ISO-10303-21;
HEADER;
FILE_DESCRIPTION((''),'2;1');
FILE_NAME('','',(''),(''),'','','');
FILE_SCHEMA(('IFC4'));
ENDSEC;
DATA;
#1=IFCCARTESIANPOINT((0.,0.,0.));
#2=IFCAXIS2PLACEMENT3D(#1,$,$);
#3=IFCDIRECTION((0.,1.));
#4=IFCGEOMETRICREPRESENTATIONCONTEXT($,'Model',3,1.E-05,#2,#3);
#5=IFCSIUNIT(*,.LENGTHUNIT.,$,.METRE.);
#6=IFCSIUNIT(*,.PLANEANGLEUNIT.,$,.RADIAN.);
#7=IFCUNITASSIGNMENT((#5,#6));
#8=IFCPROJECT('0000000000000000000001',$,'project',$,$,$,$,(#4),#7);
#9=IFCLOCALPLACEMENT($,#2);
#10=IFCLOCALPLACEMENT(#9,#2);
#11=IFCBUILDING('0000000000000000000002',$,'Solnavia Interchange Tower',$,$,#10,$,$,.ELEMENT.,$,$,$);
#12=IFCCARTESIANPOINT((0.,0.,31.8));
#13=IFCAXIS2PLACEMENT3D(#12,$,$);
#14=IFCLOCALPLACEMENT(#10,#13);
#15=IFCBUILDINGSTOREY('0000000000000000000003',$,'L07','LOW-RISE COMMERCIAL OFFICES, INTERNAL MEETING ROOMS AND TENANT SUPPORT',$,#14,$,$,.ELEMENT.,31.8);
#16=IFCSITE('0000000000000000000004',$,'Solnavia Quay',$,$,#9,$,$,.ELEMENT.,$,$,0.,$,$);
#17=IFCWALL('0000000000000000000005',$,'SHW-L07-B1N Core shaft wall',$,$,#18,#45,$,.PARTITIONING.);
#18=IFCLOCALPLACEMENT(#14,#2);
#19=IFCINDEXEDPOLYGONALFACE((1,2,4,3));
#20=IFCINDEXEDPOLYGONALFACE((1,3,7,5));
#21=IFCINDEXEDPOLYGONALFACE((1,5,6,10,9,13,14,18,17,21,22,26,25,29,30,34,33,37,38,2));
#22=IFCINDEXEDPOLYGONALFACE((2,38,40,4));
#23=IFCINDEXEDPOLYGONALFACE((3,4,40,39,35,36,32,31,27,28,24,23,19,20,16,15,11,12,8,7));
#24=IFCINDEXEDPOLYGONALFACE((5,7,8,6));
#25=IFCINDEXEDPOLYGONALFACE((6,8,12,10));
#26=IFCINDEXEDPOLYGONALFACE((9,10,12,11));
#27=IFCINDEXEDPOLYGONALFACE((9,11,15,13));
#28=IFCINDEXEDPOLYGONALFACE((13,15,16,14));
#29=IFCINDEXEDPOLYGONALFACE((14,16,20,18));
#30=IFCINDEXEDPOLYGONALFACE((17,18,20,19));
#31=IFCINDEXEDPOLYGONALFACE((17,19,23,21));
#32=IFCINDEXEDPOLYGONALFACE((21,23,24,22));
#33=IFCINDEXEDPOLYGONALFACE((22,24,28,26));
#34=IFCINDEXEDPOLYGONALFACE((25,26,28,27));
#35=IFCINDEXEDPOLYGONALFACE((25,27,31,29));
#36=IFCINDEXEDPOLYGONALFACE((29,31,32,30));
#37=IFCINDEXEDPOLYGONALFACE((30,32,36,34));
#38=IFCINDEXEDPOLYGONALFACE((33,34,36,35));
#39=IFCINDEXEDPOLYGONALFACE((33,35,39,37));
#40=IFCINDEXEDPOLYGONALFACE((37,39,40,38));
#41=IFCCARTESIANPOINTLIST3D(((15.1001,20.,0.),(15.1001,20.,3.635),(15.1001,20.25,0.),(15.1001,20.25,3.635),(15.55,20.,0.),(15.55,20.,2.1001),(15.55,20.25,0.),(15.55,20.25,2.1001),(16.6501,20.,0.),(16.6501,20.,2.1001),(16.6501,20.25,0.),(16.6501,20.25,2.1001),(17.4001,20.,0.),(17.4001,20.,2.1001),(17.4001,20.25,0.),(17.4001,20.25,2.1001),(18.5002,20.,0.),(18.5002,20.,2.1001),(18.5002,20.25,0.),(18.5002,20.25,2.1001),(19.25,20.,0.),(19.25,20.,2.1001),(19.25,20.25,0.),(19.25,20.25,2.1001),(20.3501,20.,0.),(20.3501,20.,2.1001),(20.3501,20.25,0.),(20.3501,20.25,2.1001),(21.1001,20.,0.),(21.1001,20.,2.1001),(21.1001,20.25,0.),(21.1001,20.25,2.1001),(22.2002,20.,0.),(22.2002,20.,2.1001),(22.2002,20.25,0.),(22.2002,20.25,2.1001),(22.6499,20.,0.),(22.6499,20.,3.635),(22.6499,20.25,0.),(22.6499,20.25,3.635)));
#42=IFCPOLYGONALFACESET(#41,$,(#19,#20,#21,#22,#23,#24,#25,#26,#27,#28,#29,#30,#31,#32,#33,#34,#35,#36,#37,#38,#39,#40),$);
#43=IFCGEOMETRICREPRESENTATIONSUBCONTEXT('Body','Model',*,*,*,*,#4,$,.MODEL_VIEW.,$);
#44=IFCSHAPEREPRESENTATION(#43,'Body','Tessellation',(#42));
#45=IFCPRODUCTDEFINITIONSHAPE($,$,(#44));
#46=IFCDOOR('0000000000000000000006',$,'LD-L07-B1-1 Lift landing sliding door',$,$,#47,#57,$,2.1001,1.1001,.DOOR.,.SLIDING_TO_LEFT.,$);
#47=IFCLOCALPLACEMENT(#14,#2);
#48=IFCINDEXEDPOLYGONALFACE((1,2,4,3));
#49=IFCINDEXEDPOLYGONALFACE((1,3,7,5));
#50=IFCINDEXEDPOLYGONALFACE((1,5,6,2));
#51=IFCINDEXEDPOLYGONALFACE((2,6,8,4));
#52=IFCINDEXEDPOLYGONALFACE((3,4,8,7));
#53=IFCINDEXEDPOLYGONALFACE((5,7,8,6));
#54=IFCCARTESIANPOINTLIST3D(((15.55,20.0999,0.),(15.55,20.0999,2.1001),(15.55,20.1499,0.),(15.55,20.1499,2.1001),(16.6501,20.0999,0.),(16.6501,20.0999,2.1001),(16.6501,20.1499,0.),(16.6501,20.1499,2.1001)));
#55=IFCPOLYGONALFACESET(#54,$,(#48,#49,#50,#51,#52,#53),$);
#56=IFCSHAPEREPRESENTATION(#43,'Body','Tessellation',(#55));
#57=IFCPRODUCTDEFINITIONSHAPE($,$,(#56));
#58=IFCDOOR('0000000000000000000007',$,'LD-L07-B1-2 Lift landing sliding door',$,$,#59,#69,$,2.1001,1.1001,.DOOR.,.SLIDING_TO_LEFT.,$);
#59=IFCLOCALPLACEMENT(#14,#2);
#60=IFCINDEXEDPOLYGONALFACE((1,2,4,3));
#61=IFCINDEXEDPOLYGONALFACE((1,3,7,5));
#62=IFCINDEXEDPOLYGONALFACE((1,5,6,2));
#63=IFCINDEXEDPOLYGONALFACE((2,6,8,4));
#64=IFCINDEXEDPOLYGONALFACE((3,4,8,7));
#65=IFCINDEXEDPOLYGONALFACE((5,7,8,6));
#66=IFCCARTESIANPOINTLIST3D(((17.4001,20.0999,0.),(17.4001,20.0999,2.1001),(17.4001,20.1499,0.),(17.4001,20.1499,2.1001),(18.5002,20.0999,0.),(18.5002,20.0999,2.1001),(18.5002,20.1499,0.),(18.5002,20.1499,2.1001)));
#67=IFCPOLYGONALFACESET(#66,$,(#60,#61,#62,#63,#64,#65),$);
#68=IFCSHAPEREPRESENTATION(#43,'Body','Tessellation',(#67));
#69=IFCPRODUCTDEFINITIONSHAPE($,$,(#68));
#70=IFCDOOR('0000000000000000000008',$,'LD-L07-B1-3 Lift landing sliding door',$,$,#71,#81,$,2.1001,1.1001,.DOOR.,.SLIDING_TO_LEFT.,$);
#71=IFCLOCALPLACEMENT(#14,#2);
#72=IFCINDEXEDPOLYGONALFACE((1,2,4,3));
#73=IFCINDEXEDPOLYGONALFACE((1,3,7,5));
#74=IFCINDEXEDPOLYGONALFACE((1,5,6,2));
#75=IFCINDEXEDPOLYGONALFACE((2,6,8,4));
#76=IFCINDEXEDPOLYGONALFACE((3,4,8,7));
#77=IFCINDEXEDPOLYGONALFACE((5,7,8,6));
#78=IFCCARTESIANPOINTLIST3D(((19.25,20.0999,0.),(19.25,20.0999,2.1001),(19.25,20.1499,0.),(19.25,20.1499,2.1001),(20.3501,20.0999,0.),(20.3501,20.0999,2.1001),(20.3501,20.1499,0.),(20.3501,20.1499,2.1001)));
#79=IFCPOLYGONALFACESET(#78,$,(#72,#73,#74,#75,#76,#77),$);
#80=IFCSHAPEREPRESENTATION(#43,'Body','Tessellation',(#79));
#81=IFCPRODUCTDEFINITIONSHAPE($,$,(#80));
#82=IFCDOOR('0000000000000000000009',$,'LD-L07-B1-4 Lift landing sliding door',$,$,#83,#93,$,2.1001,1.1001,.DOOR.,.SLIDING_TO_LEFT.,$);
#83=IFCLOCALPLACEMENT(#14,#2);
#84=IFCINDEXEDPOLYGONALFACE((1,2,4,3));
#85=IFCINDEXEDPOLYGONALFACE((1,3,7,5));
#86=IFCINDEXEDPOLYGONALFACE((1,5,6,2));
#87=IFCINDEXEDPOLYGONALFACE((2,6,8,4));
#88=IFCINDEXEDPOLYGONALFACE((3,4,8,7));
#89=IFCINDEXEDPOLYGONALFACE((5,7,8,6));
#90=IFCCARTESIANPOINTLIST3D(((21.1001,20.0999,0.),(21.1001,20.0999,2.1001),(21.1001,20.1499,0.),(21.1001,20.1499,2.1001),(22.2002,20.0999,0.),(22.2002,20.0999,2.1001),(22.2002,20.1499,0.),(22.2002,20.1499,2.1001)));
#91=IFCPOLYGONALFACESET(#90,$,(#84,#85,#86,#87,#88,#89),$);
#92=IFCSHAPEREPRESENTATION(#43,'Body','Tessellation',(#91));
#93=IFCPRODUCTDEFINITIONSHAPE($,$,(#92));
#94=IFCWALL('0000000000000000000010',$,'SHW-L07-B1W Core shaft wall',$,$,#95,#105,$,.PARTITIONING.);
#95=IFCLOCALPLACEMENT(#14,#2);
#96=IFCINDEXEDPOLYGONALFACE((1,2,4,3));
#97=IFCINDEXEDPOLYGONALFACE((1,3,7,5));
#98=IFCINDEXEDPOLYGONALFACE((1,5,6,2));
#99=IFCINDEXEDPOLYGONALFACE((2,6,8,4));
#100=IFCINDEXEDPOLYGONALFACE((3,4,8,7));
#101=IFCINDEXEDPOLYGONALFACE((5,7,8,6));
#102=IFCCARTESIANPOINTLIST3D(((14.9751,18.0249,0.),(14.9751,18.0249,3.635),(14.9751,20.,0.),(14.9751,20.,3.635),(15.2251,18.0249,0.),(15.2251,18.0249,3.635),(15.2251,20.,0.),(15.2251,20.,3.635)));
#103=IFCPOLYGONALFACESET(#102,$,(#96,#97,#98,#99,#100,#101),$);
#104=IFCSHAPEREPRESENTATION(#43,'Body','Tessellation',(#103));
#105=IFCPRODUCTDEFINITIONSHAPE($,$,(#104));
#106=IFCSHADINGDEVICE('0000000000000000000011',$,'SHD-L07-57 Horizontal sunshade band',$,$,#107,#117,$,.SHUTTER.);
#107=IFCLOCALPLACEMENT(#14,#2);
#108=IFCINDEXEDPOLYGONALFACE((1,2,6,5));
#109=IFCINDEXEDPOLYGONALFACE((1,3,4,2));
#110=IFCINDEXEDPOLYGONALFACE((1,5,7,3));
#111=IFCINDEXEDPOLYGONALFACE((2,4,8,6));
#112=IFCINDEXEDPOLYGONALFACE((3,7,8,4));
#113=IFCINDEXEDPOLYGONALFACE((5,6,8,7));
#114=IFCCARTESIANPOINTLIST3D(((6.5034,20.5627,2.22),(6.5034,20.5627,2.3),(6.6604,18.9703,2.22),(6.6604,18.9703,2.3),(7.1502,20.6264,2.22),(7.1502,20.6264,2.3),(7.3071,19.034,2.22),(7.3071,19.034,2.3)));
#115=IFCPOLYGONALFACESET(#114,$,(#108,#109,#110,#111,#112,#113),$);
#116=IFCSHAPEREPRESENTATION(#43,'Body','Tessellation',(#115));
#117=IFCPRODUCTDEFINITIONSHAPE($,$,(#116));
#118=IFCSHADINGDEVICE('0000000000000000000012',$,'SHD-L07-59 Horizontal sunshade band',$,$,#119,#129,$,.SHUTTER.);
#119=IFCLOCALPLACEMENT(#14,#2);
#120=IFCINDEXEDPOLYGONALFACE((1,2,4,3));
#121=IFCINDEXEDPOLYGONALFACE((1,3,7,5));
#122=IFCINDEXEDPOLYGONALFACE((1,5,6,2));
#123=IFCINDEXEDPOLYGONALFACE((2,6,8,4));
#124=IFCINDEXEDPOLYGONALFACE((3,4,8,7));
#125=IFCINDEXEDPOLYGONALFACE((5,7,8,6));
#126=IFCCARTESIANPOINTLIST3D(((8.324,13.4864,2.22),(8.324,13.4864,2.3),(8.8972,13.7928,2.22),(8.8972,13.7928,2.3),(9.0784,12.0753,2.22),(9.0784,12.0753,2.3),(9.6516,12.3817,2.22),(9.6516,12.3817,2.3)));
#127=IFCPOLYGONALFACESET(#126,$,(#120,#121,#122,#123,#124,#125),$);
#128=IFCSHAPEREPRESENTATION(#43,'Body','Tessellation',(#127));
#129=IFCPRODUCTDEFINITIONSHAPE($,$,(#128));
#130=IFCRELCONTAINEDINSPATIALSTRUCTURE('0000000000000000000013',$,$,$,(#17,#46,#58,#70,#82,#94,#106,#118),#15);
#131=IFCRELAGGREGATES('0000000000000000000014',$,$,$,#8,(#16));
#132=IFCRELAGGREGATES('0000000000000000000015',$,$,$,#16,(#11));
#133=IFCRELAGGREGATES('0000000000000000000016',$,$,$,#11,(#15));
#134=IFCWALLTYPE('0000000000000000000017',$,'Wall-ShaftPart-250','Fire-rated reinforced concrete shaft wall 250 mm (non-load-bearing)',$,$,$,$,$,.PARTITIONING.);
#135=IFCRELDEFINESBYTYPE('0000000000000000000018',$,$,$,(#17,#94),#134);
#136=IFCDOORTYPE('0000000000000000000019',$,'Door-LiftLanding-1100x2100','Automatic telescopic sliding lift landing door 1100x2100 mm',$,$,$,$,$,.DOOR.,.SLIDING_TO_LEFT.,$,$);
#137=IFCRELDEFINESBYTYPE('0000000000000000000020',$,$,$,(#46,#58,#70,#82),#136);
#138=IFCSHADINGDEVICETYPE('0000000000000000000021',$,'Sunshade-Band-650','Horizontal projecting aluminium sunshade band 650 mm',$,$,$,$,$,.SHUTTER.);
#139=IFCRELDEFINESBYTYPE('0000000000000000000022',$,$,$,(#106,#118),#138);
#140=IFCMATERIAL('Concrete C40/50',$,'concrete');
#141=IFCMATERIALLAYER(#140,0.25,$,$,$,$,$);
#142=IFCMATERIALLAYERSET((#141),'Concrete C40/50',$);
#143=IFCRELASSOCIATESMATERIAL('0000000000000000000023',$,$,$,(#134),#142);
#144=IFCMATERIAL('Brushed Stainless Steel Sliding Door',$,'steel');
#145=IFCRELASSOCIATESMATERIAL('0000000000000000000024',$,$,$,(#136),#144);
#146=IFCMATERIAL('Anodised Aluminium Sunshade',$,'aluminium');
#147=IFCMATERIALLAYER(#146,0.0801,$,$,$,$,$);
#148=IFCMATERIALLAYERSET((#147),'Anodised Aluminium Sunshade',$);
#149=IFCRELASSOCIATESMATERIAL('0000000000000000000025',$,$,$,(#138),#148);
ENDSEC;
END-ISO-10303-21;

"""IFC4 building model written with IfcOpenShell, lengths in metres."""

from ifc_helpers import new_model, si_unit, direction, frame, frame_2d, origin, origin_2d, place, context, subcontext, project, spatial, rectangle, extrude, material, layer, layer_set, type_object, element, fill, save


model = new_model("IFC4")

# Units and contexts
model_context = context("Model", 3, precision=1e-05, world=origin(), true_north=direction((0.0, 1.0)))
body_context = subcontext(model_context, "Body", "Model", "MODEL_VIEW")
ifc_project = project(units=[si_unit("LENGTHUNIT", "METRE"), si_unit("PLANEANGLEUNIT", "RADIAN")], contexts=[model_context])

# Site, building, storey
site_placement = place(None, origin())
site = spatial("IfcSite", under=ifc_project, at=site_placement, Name="Solnavia Quay", CompositionType="ELEMENT", RefElevation=0.0)
building_placement = place(site_placement, origin())
building = spatial("IfcBuilding", under=site, at=building_placement, Name="Solnavia Interchange Tower", CompositionType="ELEMENT")
storey_placement = place(building_placement, frame((0.0, 0.0, 31.8)))
storey = spatial("IfcBuildingStorey", under=building, at=storey_placement, Name="L07", Description="LOW-RISE COMMERCIAL OFFICES, INTERNAL MEETING ROOMS AND TENANT SUPPORT", CompositionType="ELEMENT", Elevation=31.8)

# Shared definitions
ifc_material_1 = material(Name="Concrete C40/50", Category="concrete")

# Shared definitions
ifc_layer_1 = layer(ifc_material_1, 0.25)
ifc_layer_set_1 = layer_set([ifc_layer_1], Name="Concrete C40/50")
wall_type_1 = type_object("IfcWallType", Name="Wall-ShaftPart-250", Description="Fire-rated reinforced concrete shaft wall 250 mm (non-load-bearing)", PredefinedType="PARTITIONING", material=ifc_layer_set_1)

# Wall, openings, doors
wall_1_placement = place(storey_placement, frame((15.1001, 20.125, 0.0), z_axis=(0.0, 0.0, 1.0), x_axis=(1.0, 0.0, 0.0)))
wall_1 = element("IfcWall", 1, at=wall_1_placement, inside=storey, type_object=wall_type_1, Name="SHW-L07-B1N Core shaft wall", PredefinedType="PARTITIONING", context=body_context, shape_type="SweptSolid", body=[
    extrude(rectangle(XDim=7.5498, YDim=0.25, at=frame_2d((3.7749, 0.0))), origin(), (0.0, 0.0, 1.0), 3.635),
])
opening_1_placement = place(wall_1_placement, frame((0.45, 0.0, 0.0)))
opening_1 = element("IfcOpeningElement", 2, at=opening_1_placement, cuts=wall_1, PredefinedType="OPENING", context=body_context, shape_type="SweptSolid", body=[
    extrude(rectangle(XDim=1.1001, YDim=2.1001, at=frame_2d((0.55, 1.05))), frame((0.0, 0.135, 0.0), z_axis=(0.0, -1.0, 0.0), x_axis=(1.0, 0.0, 0.0)), (0.0, 0.0, 1.0), 0.27),
])
opening_2_placement = place(wall_1_placement, frame((2.3, 0.0, 0.0)))
opening_2 = element("IfcOpeningElement", 3, at=opening_2_placement, cuts=wall_1, PredefinedType="OPENING", context=body_context, shape_type="SweptSolid", body=[
    extrude(rectangle(XDim=1.1001, YDim=2.1001, at=frame_2d((0.55, 1.05))), frame((0.0, 0.135, 0.0), z_axis=(0.0, -1.0, 0.0), x_axis=(1.0, 0.0, 0.0)), (0.0, 0.0, 1.0), 0.27),
])
opening_3_placement = place(wall_1_placement, frame((4.1499, 0.0, 0.0)))
opening_3 = element("IfcOpeningElement", 4, at=opening_3_placement, cuts=wall_1, PredefinedType="OPENING", context=body_context, shape_type="SweptSolid", body=[
    extrude(rectangle(XDim=1.1001, YDim=2.1001, at=frame_2d((0.55, 1.05))), frame((0.0, 0.135, 0.0), z_axis=(0.0, -1.0, 0.0), x_axis=(1.0, 0.0, 0.0)), (0.0, 0.0, 1.0), 0.27),
])
opening_4_placement = place(wall_1_placement, frame((6.0, 0.0, 0.0)))
opening_4 = element("IfcOpeningElement", 5, at=opening_4_placement, cuts=wall_1, PredefinedType="OPENING", context=body_context, shape_type="SweptSolid", body=[
    extrude(rectangle(XDim=1.1001, YDim=2.1001, at=frame_2d((0.55, 1.05))), frame((0.0, 0.135, 0.0), z_axis=(0.0, -1.0, 0.0), x_axis=(1.0, 0.0, 0.0)), (0.0, 0.0, 1.0), 0.27),
])
ifc_material_2 = material(Name="Brushed Stainless Steel Sliding Door", Category="steel")
door_type_1 = type_object("IfcDoorType", Name="Door-LiftLanding-1100x2100", Description="Automatic telescopic sliding lift landing door 1100x2100 mm", OperationType="SLIDING_TO_LEFT", PredefinedType="DOOR", material=ifc_material_2)
door_1_placement = place(opening_1_placement, origin())
door_1 = element("IfcDoor", 6, at=door_1_placement, inside=storey, type_object=door_type_1, Name="LD-L07-B1-1 Lift landing sliding door", OperationType="SLIDING_TO_LEFT", OverallHeight=2.1001, OverallWidth=1.1001, PredefinedType="DOOR", context=body_context, shape_type="SweptSolid", body=[
    extrude(rectangle(XDim=1.1001, YDim=2.1001, at=frame_2d((0.55, 1.05))), frame((0.0, 0.0249, 0.0), z_axis=(0.0, -1.0, 0.0), x_axis=(1.0, 0.0, 0.0)), (0.0, 0.0, 1.0), 0.05),
])
fill(opening_1, door_1)
door_2_placement = place(opening_2_placement, origin())
door_2 = element("IfcDoor", 7, at=door_2_placement, inside=storey, type_object=door_type_1, Name="LD-L07-B1-2 Lift landing sliding door", OperationType="SLIDING_TO_LEFT", OverallHeight=2.1001, OverallWidth=1.1001, PredefinedType="DOOR", context=body_context, shape_type="SweptSolid", body=[
    extrude(rectangle(XDim=1.1001, YDim=2.1001, at=frame_2d((0.55, 1.05))), frame((0.0, 0.0249, 0.0), z_axis=(0.0, -1.0, 0.0), x_axis=(1.0, 0.0, 0.0)), (0.0, 0.0, 1.0), 0.05),
])
fill(opening_2, door_2)
door_3_placement = place(opening_3_placement, origin())
door_3 = element("IfcDoor", 8, at=door_3_placement, inside=storey, type_object=door_type_1, Name="LD-L07-B1-3 Lift landing sliding door", OperationType="SLIDING_TO_LEFT", OverallHeight=2.1001, OverallWidth=1.1001, PredefinedType="DOOR", context=body_context, shape_type="SweptSolid", body=[
    extrude(rectangle(XDim=1.1001, YDim=2.1001, at=frame_2d((0.55, 1.05))), frame((0.0, 0.0249, 0.0), z_axis=(0.0, -1.0, 0.0), x_axis=(1.0, 0.0, 0.0)), (0.0, 0.0, 1.0), 0.05),
])
fill(opening_3, door_3)
door_4_placement = place(opening_4_placement, origin())
door_4 = element("IfcDoor", 9, at=door_4_placement, inside=storey, type_object=door_type_1, Name="LD-L07-B1-4 Lift landing sliding door", OperationType="SLIDING_TO_LEFT", OverallHeight=2.1001, OverallWidth=1.1001, PredefinedType="DOOR", context=body_context, shape_type="SweptSolid", body=[
    extrude(rectangle(XDim=1.1001, YDim=2.1001, at=frame_2d((0.55, 1.05))), frame((0.0, 0.0249, 0.0), z_axis=(0.0, -1.0, 0.0), x_axis=(1.0, 0.0, 0.0)), (0.0, 0.0, 1.0), 0.05),
])
fill(opening_4, door_4)

# Wall
wall_2_placement = place(storey_placement, frame((15.1001, 18.0249, 0.0), z_axis=(0.0, 0.0, 1.0), x_axis=(0.0, 1.0, 0.0)))
element("IfcWall", 10, at=wall_2_placement, inside=storey, type_object=wall_type_1, Name="SHW-L07-B1W Core shaft wall", PredefinedType="PARTITIONING", context=body_context, shape_type="SweptSolid", body=[
    extrude(rectangle(XDim=1.9751, YDim=0.25, at=frame_2d((0.9875, 0.0))), origin(), (0.0, 0.0, 1.0), 3.635),
])

# Shading devices
ifc_material_3 = material(Name="Anodised Aluminium Sunshade", Category="aluminium")
ifc_layer_2 = layer(ifc_material_3, 0.0801)
ifc_layer_set_2 = layer_set([ifc_layer_2], Name="Anodised Aluminium Sunshade")
shading_device_type = type_object("IfcShadingDeviceType", Name="Sunshade-Band-650", Description="Horizontal projecting aluminium sunshade band 650 mm", PredefinedType="SHUTTER", material=ifc_layer_set_2)
for number, where, z_axis, x_axis, name in (
    (11, (6.9053, 19.7983, 2.22), (0.0, 0.0, 1.0), (-0.098104, 0.995176, 0.0), "SHD-L07-57 Horizontal sunshade band"),
    (12, (8.9878, 12.9341, 2.22), (0.0, 0.0, 1.0), (-0.471474, 0.88188, 0.0), "SHD-L07-59 Horizontal sunshade band"),
):
    element("IfcShadingDevice", number, at=place(storey_placement, frame(where, z_axis=z_axis, x_axis=x_axis)), inside=storey, type_object=shading_device_type, Name=name, PredefinedType="SHUTTER", context=body_context, shape_type="SweptSolid", body=[
        extrude(rectangle(XDim=1.6001, YDim=0.6499, at=origin_2d()), origin(), (0.0, 0.0, 1.0), 0.0801),
    ])

save(model, "model.ifc")
